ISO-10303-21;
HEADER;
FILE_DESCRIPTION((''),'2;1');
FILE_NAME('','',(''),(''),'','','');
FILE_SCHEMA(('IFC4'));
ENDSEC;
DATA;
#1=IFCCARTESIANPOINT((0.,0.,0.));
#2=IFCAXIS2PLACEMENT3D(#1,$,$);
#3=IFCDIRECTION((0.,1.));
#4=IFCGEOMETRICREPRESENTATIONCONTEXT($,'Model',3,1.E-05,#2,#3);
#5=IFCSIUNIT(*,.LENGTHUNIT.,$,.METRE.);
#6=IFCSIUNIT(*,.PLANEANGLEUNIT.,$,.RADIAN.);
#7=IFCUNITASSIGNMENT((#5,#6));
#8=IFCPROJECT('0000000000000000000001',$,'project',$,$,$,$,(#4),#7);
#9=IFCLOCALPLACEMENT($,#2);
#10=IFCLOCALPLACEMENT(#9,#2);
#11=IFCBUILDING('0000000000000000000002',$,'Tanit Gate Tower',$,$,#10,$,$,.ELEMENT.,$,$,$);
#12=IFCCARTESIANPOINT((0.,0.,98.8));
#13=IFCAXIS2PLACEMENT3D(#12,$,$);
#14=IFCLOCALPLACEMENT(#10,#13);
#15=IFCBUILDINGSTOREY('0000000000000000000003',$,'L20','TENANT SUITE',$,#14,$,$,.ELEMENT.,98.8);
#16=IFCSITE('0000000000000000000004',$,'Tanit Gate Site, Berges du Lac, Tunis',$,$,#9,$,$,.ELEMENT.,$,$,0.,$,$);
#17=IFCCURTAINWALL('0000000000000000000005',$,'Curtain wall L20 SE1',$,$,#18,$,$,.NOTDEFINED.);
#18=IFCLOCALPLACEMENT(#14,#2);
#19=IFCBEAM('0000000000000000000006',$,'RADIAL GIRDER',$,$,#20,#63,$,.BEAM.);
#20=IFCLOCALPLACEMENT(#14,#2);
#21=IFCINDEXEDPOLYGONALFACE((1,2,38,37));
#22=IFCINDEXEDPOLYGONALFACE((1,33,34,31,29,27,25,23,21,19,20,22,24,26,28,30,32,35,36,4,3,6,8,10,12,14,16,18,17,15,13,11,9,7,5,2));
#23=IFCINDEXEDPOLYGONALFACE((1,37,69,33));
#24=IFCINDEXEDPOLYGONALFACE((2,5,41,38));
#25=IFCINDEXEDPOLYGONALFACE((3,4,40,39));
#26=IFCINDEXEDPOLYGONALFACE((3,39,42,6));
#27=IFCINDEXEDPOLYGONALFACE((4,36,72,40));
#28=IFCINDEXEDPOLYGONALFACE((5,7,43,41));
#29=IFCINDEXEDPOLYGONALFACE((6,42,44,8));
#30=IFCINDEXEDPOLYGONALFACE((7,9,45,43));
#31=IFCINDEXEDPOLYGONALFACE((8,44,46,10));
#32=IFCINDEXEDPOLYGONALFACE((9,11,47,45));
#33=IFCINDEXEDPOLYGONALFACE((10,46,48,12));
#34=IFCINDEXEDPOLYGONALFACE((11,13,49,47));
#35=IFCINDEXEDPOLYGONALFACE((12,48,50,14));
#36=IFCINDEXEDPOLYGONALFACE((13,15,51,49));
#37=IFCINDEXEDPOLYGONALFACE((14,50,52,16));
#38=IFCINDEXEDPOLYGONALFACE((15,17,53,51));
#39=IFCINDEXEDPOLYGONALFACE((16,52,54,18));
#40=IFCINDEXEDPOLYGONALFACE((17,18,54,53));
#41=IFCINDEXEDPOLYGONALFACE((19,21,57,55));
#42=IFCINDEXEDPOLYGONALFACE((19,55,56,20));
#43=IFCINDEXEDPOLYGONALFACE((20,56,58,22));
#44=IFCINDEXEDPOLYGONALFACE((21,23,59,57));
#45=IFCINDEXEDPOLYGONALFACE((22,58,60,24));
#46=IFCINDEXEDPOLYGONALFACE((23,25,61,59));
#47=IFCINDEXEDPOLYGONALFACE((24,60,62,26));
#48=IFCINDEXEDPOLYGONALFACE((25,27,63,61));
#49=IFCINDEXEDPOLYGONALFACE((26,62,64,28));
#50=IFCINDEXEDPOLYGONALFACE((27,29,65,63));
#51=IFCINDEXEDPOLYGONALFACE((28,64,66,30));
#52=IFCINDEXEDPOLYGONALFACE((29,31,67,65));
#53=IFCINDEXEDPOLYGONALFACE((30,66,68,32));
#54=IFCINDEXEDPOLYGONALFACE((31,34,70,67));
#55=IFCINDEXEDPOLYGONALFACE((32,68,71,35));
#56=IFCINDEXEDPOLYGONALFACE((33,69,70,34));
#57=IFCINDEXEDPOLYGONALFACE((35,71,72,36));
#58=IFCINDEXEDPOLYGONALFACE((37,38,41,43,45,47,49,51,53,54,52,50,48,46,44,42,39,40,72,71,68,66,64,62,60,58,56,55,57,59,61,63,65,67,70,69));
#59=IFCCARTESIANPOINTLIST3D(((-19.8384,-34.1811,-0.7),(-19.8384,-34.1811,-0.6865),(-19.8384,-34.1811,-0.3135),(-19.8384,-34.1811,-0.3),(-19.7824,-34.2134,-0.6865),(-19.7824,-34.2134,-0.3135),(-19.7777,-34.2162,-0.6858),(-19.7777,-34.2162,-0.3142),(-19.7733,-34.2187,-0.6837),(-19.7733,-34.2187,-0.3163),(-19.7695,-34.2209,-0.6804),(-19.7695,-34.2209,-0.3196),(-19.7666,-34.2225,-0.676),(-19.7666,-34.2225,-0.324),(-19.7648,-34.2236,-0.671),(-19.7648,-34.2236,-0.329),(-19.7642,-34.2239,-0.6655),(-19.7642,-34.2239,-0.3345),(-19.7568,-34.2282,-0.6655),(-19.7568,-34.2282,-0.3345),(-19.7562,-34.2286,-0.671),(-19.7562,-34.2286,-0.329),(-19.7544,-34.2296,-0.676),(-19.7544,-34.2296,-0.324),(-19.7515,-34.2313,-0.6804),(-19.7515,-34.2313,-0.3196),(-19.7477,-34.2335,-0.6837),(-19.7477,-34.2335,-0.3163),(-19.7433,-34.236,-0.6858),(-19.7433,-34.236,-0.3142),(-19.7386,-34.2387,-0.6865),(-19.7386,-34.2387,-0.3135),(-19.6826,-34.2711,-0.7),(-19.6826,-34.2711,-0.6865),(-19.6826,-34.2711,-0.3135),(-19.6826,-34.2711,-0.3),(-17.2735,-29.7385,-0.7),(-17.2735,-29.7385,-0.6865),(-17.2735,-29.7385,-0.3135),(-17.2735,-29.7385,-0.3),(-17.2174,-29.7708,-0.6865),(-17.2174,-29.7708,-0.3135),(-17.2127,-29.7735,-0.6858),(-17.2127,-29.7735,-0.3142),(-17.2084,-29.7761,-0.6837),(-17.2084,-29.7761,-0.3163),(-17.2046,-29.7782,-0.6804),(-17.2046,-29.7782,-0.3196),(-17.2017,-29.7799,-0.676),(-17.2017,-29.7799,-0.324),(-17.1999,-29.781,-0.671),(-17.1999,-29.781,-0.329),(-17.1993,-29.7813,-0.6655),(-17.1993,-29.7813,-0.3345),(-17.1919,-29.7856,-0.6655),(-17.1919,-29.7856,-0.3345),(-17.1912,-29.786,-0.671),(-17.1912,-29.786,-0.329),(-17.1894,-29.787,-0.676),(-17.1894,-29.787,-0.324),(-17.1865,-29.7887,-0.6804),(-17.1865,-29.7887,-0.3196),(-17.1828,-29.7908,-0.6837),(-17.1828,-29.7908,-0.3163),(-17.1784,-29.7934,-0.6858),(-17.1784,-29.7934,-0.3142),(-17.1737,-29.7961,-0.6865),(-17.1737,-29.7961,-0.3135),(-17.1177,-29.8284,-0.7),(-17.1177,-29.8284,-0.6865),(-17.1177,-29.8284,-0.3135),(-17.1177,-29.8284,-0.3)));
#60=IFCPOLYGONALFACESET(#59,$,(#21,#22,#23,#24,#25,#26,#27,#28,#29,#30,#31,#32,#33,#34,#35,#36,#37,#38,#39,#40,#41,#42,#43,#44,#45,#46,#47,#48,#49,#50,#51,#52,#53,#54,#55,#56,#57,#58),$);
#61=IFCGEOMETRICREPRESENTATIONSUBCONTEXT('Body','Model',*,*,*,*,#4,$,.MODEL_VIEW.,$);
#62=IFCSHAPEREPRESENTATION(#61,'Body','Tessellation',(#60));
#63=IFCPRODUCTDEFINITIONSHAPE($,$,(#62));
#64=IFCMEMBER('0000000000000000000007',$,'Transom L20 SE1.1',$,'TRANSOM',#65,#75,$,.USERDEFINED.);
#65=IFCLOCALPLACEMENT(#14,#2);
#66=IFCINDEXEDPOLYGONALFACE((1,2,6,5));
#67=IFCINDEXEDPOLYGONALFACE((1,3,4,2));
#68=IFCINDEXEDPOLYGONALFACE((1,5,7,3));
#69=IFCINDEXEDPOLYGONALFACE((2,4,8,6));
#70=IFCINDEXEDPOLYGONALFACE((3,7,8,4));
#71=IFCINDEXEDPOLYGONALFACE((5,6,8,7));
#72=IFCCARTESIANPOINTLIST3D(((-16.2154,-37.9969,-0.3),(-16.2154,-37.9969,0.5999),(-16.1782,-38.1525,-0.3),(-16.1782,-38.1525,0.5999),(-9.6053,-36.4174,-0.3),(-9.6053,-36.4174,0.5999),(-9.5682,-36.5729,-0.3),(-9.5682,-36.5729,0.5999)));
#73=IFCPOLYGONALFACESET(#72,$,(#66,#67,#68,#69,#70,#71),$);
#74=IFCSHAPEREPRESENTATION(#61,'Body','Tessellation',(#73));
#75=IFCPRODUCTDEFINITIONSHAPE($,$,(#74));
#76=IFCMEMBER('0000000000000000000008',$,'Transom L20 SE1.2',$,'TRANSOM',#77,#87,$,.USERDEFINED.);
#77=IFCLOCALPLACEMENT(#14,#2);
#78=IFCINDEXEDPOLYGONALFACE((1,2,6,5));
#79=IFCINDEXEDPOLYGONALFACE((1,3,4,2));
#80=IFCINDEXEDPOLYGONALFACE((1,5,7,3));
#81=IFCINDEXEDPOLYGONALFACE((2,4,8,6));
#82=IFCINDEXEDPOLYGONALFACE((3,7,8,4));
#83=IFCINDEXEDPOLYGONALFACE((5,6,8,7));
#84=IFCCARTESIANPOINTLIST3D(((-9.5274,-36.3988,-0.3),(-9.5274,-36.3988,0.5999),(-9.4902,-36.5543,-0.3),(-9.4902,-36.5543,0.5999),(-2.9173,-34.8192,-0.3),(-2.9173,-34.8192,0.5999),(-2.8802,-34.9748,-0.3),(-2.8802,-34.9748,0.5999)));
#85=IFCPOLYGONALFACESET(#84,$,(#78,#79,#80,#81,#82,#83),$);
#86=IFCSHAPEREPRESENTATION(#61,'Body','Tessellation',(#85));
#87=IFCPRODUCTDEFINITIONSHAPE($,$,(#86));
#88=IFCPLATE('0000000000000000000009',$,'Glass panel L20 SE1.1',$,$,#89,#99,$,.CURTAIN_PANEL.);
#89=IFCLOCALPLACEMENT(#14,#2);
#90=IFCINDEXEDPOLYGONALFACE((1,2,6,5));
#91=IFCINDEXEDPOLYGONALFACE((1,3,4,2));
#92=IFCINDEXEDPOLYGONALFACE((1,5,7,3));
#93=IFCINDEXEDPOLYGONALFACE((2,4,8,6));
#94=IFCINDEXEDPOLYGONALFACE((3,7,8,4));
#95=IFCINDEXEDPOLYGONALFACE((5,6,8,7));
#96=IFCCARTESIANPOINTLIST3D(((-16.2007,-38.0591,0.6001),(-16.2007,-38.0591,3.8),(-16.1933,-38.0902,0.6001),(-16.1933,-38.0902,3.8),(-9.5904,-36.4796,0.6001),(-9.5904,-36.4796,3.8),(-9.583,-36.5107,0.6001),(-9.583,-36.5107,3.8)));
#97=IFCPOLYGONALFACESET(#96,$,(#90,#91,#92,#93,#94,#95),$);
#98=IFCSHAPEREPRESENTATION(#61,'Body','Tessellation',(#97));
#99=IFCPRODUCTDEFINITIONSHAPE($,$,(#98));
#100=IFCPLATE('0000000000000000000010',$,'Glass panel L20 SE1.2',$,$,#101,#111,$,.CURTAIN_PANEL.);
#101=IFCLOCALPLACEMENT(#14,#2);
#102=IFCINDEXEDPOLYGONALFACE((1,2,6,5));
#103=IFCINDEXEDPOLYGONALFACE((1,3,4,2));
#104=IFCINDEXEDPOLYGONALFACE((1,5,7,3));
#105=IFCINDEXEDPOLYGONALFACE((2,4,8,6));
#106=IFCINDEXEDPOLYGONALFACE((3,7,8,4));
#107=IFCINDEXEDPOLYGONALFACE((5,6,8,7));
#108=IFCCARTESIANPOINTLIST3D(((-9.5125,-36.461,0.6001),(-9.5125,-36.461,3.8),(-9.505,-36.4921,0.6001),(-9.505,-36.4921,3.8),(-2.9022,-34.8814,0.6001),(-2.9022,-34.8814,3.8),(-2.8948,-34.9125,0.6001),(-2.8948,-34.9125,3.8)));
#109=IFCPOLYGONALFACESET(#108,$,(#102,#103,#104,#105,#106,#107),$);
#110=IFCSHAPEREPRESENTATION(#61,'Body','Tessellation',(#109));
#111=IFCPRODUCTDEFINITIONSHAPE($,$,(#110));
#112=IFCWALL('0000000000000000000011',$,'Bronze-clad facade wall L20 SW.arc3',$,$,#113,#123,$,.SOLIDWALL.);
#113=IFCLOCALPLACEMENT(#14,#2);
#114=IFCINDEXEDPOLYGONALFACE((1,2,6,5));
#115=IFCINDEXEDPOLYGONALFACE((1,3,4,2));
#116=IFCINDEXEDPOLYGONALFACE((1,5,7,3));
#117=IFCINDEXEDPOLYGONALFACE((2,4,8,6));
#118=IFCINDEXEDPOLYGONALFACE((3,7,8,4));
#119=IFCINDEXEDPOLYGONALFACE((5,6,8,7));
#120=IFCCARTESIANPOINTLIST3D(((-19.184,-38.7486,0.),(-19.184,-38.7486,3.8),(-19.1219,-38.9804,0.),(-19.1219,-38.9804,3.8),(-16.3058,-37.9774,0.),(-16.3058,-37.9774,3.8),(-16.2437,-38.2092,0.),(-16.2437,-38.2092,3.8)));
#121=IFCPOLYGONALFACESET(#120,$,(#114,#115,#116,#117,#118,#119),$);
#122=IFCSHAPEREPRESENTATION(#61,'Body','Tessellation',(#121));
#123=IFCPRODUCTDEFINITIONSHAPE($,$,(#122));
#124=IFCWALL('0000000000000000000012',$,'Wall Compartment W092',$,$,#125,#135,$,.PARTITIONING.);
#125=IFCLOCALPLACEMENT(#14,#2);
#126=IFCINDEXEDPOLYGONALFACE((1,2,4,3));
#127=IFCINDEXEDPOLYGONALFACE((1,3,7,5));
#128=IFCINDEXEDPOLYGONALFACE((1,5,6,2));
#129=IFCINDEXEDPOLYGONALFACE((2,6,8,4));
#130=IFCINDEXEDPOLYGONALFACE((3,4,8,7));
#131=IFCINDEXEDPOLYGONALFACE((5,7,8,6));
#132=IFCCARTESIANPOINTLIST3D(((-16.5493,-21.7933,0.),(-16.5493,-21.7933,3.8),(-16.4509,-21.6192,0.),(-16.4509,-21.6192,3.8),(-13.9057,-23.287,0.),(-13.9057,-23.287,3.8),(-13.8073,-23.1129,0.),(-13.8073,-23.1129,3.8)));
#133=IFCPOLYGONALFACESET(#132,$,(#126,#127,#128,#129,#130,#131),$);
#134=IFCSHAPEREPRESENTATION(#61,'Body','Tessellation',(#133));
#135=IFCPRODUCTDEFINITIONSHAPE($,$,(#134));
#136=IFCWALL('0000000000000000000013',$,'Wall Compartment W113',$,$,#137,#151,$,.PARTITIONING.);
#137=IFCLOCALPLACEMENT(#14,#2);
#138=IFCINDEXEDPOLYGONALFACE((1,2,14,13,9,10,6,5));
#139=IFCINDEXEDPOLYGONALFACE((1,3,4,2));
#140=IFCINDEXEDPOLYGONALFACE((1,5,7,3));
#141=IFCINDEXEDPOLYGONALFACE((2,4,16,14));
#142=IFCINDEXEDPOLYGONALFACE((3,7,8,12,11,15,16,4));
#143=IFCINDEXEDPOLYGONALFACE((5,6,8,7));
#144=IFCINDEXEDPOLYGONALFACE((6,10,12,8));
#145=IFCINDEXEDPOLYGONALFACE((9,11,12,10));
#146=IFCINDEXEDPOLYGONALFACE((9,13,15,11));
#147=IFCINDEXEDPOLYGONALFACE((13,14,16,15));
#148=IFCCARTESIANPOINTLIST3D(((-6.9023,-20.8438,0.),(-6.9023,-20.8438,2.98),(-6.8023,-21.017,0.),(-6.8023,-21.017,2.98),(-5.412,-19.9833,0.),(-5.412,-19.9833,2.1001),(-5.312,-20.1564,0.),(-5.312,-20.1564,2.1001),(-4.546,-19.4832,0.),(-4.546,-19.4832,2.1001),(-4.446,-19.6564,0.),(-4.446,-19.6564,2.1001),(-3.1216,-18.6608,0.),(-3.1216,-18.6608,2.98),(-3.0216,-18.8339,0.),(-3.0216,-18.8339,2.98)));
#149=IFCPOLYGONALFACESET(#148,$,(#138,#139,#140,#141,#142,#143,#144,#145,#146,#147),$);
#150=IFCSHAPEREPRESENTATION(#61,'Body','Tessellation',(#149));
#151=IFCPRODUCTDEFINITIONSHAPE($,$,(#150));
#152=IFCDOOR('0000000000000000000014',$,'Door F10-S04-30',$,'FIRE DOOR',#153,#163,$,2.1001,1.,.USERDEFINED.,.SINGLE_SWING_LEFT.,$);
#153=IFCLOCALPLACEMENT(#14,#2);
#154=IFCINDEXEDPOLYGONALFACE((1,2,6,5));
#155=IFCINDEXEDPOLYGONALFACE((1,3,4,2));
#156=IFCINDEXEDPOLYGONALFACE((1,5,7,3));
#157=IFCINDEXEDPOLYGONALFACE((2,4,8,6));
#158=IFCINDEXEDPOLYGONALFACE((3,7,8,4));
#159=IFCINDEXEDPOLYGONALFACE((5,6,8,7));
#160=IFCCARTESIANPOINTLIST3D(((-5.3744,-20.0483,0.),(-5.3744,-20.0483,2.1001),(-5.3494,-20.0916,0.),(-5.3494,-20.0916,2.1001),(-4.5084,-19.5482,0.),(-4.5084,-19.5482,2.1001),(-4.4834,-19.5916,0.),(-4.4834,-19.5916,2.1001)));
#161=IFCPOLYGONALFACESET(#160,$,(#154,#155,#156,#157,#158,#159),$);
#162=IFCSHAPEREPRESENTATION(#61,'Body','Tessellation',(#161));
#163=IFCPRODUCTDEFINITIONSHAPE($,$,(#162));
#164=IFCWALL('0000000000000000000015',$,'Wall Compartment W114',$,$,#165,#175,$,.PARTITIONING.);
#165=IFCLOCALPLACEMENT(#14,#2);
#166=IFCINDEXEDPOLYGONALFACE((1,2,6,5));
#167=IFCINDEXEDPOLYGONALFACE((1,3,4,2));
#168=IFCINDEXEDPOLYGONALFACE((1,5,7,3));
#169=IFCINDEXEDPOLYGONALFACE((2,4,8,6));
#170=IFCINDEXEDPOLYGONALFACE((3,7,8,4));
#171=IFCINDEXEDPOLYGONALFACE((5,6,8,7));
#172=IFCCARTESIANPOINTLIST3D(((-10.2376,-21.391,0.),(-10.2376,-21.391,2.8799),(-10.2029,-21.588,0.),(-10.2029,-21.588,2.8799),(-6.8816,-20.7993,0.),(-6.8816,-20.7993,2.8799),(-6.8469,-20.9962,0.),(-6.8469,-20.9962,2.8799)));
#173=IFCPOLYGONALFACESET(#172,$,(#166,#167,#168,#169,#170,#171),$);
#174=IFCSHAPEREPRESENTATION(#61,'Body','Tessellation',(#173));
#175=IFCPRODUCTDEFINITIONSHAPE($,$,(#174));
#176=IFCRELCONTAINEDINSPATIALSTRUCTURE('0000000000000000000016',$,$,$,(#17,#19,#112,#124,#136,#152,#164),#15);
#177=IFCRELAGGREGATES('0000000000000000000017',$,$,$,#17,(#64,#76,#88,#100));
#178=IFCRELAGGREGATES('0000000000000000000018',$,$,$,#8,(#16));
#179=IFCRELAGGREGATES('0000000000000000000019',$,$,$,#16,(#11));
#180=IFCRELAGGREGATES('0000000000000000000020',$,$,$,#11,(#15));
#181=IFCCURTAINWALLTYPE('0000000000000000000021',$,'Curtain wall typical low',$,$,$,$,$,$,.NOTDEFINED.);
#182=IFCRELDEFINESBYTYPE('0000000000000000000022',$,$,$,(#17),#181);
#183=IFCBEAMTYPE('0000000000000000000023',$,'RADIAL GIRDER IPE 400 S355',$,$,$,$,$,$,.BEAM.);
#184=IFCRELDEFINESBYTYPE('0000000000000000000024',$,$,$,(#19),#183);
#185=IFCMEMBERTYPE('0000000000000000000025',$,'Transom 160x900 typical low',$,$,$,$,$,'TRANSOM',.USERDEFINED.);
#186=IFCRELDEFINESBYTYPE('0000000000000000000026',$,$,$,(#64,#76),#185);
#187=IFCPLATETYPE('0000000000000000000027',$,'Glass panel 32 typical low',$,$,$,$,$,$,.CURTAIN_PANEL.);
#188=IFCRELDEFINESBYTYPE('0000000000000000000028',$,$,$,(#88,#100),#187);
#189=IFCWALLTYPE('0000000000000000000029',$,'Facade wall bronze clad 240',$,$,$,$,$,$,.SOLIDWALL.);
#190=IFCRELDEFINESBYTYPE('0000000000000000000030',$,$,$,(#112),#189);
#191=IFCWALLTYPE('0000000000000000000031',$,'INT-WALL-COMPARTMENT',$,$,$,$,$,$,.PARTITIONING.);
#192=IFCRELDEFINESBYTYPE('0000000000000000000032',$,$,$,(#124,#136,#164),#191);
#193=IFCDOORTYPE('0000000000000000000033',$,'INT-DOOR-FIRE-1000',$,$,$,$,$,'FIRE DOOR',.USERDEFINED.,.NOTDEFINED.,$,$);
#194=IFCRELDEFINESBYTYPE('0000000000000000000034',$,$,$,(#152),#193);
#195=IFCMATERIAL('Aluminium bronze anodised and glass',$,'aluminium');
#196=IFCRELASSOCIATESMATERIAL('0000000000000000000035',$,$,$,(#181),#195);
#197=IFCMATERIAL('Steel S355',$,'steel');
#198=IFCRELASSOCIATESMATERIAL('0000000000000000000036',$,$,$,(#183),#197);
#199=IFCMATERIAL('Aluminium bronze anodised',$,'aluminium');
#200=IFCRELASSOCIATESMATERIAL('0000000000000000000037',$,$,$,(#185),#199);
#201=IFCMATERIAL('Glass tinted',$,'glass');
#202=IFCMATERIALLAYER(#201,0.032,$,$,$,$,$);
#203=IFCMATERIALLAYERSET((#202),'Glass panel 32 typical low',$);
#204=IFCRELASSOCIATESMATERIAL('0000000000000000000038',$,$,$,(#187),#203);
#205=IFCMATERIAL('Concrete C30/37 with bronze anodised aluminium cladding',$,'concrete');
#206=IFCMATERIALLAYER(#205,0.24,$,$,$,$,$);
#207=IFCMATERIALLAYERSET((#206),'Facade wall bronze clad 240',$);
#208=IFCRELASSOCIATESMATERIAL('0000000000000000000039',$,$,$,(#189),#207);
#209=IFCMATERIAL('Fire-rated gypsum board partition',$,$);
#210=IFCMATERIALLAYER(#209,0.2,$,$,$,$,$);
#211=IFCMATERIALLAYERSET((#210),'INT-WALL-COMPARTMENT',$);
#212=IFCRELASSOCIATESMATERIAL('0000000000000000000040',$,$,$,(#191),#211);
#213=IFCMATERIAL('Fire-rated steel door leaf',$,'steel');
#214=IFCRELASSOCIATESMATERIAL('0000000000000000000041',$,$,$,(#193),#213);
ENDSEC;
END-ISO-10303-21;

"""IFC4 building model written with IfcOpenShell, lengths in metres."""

from ifc_helpers import new_model, si_unit, direction, frame, frame_2d, origin, origin_2d, place, context, subcontext, project, spatial, rectangle, i_section, extrude, material, layer, layer_set, material_profile, profile_set, type_object, element, fill, aggregate, save


model = new_model("IFC4")

# Units and contexts
model_context = context("Model", 3, precision=1e-05, world=origin(), true_north=direction((0.0, 1.0)))
body_context = subcontext(model_context, "Body", "Model", "MODEL_VIEW")
ifc_project = project(units=[si_unit("LENGTHUNIT", "METRE"), si_unit("PLANEANGLEUNIT", "RADIAN")], contexts=[model_context])

# Site, building, storey
site_placement = place(None, origin())
site = spatial("IfcSite", under=ifc_project, at=site_placement, Name="Tanit Gate Site, Berges du Lac, Tunis", CompositionType="ELEMENT", RefElevation=0.0)
building_placement = place(site_placement, origin())
building = spatial("IfcBuilding", under=site, at=building_placement, Name="Tanit Gate Tower", CompositionType="ELEMENT")
storey_placement = place(building_placement, frame((0.0, 0.0, 98.8)))
storey = spatial("IfcBuildingStorey", under=building, at=storey_placement, Name="L20", Description="TENANT SUITE", CompositionType="ELEMENT", Elevation=98.8)

# Curtain wall
ifc_material_1 = material(Name="Aluminium bronze anodised and glass", Category="aluminium")
curtain_wall_type = type_object("IfcCurtainWallType", Name="Curtain wall typical low", PredefinedType="NOTDEFINED", material=ifc_material_1)
curtain_wall_placement = place(storey_placement, origin())
curtain_wall = element("IfcCurtainWall", 1, at=curtain_wall_placement, inside=storey, type_object=curtain_wall_type, Name="Curtain wall L20 SE1", PredefinedType="NOTDEFINED")

# Beam
ifc_material_2 = material(Name="Steel S355", Category="steel")
ifc_material_profile_1 = material_profile(ifc_material_2, i_section(OverallWidth=0.1799, OverallDepth=0.3999, WebThickness=0.0085, FlangeThickness=0.0134, FilletRadius=0.021, at=origin_2d()), Name="IPE 400")
ifc_profile_set_1 = profile_set([ifc_material_profile_1], Name="Steel S355")
beam_type_1 = type_object("IfcBeamType", Name="RADIAL GIRDER IPE 400 S355", PredefinedType="BEAM", material=ifc_profile_set_1)
beam_1_placement = place(storey_placement, frame((-19.7605, -34.2261, -0.5), z_axis=(0.499998, 0.866026, 0.0), x_axis=(-0.866026, 0.499998, 0.0)))
element("IfcBeam", 2, at=beam_1_placement, inside=storey, type_object=beam_type_1, Name="RADIAL GIRDER", PredefinedType="BEAM", context=body_context, shape_type="SweptSolid", body=[
    extrude(i_section(OverallWidth=0.1799, OverallDepth=0.3999, WebThickness=0.0085, FlangeThickness=0.0134, FilletRadius=0.021, at=origin_2d()), origin(), (0.0, 0.0, 1.0), 5.1299),
])

# Members
ifc_material_3 = material(Name="Aluminium bronze anodised", Category="aluminium")
ifc_material_profile_2 = material_profile(ifc_material_3, rectangle(XDim=0.1599, YDim=0.8999, at=origin_2d()), Name="160x900 bronze transom")
ifc_profile_set_2 = profile_set([ifc_material_profile_2], Name="Aluminium bronze anodised")
member_type_1 = type_object("IfcMemberType", Name="Transom 160x900 typical low", ElementType="TRANSOM", PredefinedType="USERDEFINED", material=ifc_profile_set_2)
member_1_placement = place(storey_placement, frame((-16.1968, -38.0747, 0.1499), z_axis=(0.972615, 0.232422, 0.0), x_axis=(-0.232422, 0.972615, 0.0)))
member_1 = element("IfcMember", 3, at=member_1_placement, type_object=member_type_1, Name="Transom L20 SE1.1", ObjectType="TRANSOM", PredefinedType="USERDEFINED", context=body_context, shape_type="SweptSolid", body=[
    extrude(rectangle(XDim=0.1599, YDim=0.8999, at=origin_2d()), origin(), (0.0, 0.0, 1.0), 6.7961),
])
member_2_placement = place(storey_placement, frame((-9.5088, -36.4766, 0.1499), z_axis=(0.972615, 0.232422, 0.0), x_axis=(-0.232422, 0.972615, 0.0)))
member_2 = element("IfcMember", 4, at=member_2_placement, type_object=member_type_1, Name="Transom L20 SE1.2", ObjectType="TRANSOM", PredefinedType="USERDEFINED", context=body_context, shape_type="SweptSolid", body=[
    extrude(rectangle(XDim=0.1599, YDim=0.8999, at=origin_2d()), origin(), (0.0, 0.0, 1.0), 6.7961),
])

# Plates
ifc_material_4 = material(Name="Glass tinted", Category="glass")
ifc_layer_1 = layer(ifc_material_4, 0.032)
ifc_layer_set_1 = layer_set([ifc_layer_1], Name="Glass panel 32 typical low")
plate_type = type_object("IfcPlateType", Name="Glass panel 32 typical low", PredefinedType="CURTAIN_PANEL", material=ifc_layer_set_1)
plate_1_placement = place(storey_placement, frame((-12.8918, -37.2849, 0.6001), z_axis=(0.0, 0.0, 1.0), x_axis=(0.972618, 0.232409, 0.0)))
plate_1 = element("IfcPlate", 5, at=plate_1_placement, type_object=plate_type, Name="Glass panel L20 SE1.1", PredefinedType="CURTAIN_PANEL", context=body_context, shape_type="SweptSolid", body=[
    extrude(rectangle(XDim=6.7964, YDim=0.032, at=origin_2d()), origin(), (0.0, 0.0, 1.0), 3.2),
])
plate_2_placement = place(storey_placement, frame((-6.2036, -35.6868, 0.6001), z_axis=(0.0, 0.0, 1.0), x_axis=(0.972618, 0.232409, 0.0)))
plate_2 = element("IfcPlate", 6, at=plate_2_placement, type_object=plate_type, Name="Glass panel L20 SE1.2", PredefinedType="CURTAIN_PANEL", context=body_context, shape_type="SweptSolid", body=[
    extrude(rectangle(XDim=6.7964, YDim=0.032, at=origin_2d()), origin(), (0.0, 0.0, 1.0), 3.2),
])
aggregate(curtain_wall, [member_1, member_2, plate_1, plate_2])

# Walls
ifc_material_5 = material(Name="Concrete C30/37 with bronze anodised aluminium cladding", Category="concrete")
ifc_layer_2 = layer(ifc_material_5, 0.24)
ifc_layer_set_2 = layer_set([ifc_layer_2], Name="Facade wall bronze clad 240")
wall_type_1 = type_object("IfcWallType", Name="Facade wall bronze clad 240", PredefinedType="SOLIDWALL", material=ifc_layer_set_2)
wall_1_placement = place(storey_placement, frame((-19.1528, -38.8645, 0.0), z_axis=(0.0, 0.0, 1.0), x_axis=(0.965923, 0.25883, 0.0)))
element("IfcWall", 7, at=wall_1_placement, inside=storey, type_object=wall_type_1, Name="Bronze-clad facade wall L20 SW.arc3", PredefinedType="SOLIDWALL", context=body_context, shape_type="SweptSolid", body=[
    extrude(rectangle(XDim=2.9797, YDim=0.24, at=frame_2d((1.4897, 0.0))), origin(), (0.0, 0.0, 1.0), 3.8),
])
ifc_material_6 = material(Name="Fire-rated gypsum board partition")
ifc_layer_3 = layer(ifc_material_6, 0.2)
ifc_layer_set_3 = layer_set([ifc_layer_3], Name="INT-WALL-COMPARTMENT")
wall_type_2 = type_object("IfcWallType", Name="INT-WALL-COMPARTMENT", PredefinedType="PARTITIONING", material=ifc_layer_set_3)
wall_2_placement = place(storey_placement, frame((-16.5, -21.7063, 0.0), z_axis=(0.0, 0.0, 1.0), x_axis=(0.870638, -0.491925, 0.0)))
element("IfcWall", 8, at=wall_2_placement, inside=storey, type_object=wall_type_2, Name="Wall Compartment W092", PredefinedType="PARTITIONING", context=body_context, shape_type="SweptSolid", body=[
    extrude(rectangle(XDim=3.0364, YDim=0.2, at=frame_2d((1.5181, 0.0))), origin(), (0.0, 0.0, 1.0), 3.8),
])

# Wall, opening, door
wall_3_placement = place(storey_placement, frame((-6.8523, -20.9304, 0.0), z_axis=(0.0, 0.0, 1.0), x_axis=(0.865997, 0.500048, 0.0)))
wall_3 = element("IfcWall", 9, at=wall_3_placement, inside=storey, type_object=wall_type_2, Name="Wall Compartment W113", PredefinedType="PARTITIONING", context=body_context, shape_type="SweptSolid", body=[
    extrude(rectangle(XDim=4.3657, YDim=0.2, at=frame_2d((2.1829, 0.0))), origin(), (0.0, 0.0, 1.0), 2.98),
])
opening_placement = place(wall_3_placement, frame((1.7209, 0.0, 0.0)))
opening = element("IfcOpeningElement", 10, at=opening_placement, cuts=wall_3, PredefinedType="OPENING", context=body_context, shape_type="SweptSolid", body=[
    extrude(rectangle(XDim=1.0, YDim=2.1001, at=frame_2d((0.5, 1.05))), frame((0.0, 0.1099, 0.0), z_axis=(0.0, -1.0, 0.0), x_axis=(1.0, 0.0, 0.0)), (0.0, 0.0, 1.0), 0.22),
])
ifc_material_7 = material(Name="Fire-rated steel door leaf", Category="steel")
door_type = type_object("IfcDoorType", Name="INT-DOOR-FIRE-1000", ElementType="FIRE DOOR", OperationType="NOTDEFINED", PredefinedType="USERDEFINED", material=ifc_material_7)
door_placement = place(opening_placement, origin())
door = element("IfcDoor", 11, at=door_placement, inside=storey, type_object=door_type, Name="Door F10-S04-30", ObjectType="FIRE DOOR", OperationType="SINGLE_SWING_LEFT", OverallHeight=2.1001, OverallWidth=1.0, PredefinedType="USERDEFINED", context=body_context, shape_type="SweptSolid", body=[
    extrude(rectangle(XDim=1.0, YDim=2.1001, at=frame_2d((0.5, 1.05))), frame((0.0, 0.0249, 0.0), z_axis=(0.0, -1.0, 0.0), x_axis=(1.0, 0.0, 0.0)), (0.0, 0.0, 1.0), 0.05),
])
fill(opening, door)

# Wall
wall_4_placement = place(storey_placement, frame((-10.2202, -21.4895, 0.0), z_axis=(0.0, 0.0, 1.0), x_axis=(0.984805, 0.173663, 0.0)))
element("IfcWall", 12, at=wall_4_placement, inside=storey, type_object=wall_type_2, Name="Wall Compartment W114", PredefinedType="PARTITIONING", context=body_context, shape_type="SweptSolid", body=[
    extrude(rectangle(XDim=3.4077, YDim=0.2, at=frame_2d((1.7039, 0.0))), origin(), (0.0, 0.0, 1.0), 2.8799),
])

save(model, "model.ifc")
